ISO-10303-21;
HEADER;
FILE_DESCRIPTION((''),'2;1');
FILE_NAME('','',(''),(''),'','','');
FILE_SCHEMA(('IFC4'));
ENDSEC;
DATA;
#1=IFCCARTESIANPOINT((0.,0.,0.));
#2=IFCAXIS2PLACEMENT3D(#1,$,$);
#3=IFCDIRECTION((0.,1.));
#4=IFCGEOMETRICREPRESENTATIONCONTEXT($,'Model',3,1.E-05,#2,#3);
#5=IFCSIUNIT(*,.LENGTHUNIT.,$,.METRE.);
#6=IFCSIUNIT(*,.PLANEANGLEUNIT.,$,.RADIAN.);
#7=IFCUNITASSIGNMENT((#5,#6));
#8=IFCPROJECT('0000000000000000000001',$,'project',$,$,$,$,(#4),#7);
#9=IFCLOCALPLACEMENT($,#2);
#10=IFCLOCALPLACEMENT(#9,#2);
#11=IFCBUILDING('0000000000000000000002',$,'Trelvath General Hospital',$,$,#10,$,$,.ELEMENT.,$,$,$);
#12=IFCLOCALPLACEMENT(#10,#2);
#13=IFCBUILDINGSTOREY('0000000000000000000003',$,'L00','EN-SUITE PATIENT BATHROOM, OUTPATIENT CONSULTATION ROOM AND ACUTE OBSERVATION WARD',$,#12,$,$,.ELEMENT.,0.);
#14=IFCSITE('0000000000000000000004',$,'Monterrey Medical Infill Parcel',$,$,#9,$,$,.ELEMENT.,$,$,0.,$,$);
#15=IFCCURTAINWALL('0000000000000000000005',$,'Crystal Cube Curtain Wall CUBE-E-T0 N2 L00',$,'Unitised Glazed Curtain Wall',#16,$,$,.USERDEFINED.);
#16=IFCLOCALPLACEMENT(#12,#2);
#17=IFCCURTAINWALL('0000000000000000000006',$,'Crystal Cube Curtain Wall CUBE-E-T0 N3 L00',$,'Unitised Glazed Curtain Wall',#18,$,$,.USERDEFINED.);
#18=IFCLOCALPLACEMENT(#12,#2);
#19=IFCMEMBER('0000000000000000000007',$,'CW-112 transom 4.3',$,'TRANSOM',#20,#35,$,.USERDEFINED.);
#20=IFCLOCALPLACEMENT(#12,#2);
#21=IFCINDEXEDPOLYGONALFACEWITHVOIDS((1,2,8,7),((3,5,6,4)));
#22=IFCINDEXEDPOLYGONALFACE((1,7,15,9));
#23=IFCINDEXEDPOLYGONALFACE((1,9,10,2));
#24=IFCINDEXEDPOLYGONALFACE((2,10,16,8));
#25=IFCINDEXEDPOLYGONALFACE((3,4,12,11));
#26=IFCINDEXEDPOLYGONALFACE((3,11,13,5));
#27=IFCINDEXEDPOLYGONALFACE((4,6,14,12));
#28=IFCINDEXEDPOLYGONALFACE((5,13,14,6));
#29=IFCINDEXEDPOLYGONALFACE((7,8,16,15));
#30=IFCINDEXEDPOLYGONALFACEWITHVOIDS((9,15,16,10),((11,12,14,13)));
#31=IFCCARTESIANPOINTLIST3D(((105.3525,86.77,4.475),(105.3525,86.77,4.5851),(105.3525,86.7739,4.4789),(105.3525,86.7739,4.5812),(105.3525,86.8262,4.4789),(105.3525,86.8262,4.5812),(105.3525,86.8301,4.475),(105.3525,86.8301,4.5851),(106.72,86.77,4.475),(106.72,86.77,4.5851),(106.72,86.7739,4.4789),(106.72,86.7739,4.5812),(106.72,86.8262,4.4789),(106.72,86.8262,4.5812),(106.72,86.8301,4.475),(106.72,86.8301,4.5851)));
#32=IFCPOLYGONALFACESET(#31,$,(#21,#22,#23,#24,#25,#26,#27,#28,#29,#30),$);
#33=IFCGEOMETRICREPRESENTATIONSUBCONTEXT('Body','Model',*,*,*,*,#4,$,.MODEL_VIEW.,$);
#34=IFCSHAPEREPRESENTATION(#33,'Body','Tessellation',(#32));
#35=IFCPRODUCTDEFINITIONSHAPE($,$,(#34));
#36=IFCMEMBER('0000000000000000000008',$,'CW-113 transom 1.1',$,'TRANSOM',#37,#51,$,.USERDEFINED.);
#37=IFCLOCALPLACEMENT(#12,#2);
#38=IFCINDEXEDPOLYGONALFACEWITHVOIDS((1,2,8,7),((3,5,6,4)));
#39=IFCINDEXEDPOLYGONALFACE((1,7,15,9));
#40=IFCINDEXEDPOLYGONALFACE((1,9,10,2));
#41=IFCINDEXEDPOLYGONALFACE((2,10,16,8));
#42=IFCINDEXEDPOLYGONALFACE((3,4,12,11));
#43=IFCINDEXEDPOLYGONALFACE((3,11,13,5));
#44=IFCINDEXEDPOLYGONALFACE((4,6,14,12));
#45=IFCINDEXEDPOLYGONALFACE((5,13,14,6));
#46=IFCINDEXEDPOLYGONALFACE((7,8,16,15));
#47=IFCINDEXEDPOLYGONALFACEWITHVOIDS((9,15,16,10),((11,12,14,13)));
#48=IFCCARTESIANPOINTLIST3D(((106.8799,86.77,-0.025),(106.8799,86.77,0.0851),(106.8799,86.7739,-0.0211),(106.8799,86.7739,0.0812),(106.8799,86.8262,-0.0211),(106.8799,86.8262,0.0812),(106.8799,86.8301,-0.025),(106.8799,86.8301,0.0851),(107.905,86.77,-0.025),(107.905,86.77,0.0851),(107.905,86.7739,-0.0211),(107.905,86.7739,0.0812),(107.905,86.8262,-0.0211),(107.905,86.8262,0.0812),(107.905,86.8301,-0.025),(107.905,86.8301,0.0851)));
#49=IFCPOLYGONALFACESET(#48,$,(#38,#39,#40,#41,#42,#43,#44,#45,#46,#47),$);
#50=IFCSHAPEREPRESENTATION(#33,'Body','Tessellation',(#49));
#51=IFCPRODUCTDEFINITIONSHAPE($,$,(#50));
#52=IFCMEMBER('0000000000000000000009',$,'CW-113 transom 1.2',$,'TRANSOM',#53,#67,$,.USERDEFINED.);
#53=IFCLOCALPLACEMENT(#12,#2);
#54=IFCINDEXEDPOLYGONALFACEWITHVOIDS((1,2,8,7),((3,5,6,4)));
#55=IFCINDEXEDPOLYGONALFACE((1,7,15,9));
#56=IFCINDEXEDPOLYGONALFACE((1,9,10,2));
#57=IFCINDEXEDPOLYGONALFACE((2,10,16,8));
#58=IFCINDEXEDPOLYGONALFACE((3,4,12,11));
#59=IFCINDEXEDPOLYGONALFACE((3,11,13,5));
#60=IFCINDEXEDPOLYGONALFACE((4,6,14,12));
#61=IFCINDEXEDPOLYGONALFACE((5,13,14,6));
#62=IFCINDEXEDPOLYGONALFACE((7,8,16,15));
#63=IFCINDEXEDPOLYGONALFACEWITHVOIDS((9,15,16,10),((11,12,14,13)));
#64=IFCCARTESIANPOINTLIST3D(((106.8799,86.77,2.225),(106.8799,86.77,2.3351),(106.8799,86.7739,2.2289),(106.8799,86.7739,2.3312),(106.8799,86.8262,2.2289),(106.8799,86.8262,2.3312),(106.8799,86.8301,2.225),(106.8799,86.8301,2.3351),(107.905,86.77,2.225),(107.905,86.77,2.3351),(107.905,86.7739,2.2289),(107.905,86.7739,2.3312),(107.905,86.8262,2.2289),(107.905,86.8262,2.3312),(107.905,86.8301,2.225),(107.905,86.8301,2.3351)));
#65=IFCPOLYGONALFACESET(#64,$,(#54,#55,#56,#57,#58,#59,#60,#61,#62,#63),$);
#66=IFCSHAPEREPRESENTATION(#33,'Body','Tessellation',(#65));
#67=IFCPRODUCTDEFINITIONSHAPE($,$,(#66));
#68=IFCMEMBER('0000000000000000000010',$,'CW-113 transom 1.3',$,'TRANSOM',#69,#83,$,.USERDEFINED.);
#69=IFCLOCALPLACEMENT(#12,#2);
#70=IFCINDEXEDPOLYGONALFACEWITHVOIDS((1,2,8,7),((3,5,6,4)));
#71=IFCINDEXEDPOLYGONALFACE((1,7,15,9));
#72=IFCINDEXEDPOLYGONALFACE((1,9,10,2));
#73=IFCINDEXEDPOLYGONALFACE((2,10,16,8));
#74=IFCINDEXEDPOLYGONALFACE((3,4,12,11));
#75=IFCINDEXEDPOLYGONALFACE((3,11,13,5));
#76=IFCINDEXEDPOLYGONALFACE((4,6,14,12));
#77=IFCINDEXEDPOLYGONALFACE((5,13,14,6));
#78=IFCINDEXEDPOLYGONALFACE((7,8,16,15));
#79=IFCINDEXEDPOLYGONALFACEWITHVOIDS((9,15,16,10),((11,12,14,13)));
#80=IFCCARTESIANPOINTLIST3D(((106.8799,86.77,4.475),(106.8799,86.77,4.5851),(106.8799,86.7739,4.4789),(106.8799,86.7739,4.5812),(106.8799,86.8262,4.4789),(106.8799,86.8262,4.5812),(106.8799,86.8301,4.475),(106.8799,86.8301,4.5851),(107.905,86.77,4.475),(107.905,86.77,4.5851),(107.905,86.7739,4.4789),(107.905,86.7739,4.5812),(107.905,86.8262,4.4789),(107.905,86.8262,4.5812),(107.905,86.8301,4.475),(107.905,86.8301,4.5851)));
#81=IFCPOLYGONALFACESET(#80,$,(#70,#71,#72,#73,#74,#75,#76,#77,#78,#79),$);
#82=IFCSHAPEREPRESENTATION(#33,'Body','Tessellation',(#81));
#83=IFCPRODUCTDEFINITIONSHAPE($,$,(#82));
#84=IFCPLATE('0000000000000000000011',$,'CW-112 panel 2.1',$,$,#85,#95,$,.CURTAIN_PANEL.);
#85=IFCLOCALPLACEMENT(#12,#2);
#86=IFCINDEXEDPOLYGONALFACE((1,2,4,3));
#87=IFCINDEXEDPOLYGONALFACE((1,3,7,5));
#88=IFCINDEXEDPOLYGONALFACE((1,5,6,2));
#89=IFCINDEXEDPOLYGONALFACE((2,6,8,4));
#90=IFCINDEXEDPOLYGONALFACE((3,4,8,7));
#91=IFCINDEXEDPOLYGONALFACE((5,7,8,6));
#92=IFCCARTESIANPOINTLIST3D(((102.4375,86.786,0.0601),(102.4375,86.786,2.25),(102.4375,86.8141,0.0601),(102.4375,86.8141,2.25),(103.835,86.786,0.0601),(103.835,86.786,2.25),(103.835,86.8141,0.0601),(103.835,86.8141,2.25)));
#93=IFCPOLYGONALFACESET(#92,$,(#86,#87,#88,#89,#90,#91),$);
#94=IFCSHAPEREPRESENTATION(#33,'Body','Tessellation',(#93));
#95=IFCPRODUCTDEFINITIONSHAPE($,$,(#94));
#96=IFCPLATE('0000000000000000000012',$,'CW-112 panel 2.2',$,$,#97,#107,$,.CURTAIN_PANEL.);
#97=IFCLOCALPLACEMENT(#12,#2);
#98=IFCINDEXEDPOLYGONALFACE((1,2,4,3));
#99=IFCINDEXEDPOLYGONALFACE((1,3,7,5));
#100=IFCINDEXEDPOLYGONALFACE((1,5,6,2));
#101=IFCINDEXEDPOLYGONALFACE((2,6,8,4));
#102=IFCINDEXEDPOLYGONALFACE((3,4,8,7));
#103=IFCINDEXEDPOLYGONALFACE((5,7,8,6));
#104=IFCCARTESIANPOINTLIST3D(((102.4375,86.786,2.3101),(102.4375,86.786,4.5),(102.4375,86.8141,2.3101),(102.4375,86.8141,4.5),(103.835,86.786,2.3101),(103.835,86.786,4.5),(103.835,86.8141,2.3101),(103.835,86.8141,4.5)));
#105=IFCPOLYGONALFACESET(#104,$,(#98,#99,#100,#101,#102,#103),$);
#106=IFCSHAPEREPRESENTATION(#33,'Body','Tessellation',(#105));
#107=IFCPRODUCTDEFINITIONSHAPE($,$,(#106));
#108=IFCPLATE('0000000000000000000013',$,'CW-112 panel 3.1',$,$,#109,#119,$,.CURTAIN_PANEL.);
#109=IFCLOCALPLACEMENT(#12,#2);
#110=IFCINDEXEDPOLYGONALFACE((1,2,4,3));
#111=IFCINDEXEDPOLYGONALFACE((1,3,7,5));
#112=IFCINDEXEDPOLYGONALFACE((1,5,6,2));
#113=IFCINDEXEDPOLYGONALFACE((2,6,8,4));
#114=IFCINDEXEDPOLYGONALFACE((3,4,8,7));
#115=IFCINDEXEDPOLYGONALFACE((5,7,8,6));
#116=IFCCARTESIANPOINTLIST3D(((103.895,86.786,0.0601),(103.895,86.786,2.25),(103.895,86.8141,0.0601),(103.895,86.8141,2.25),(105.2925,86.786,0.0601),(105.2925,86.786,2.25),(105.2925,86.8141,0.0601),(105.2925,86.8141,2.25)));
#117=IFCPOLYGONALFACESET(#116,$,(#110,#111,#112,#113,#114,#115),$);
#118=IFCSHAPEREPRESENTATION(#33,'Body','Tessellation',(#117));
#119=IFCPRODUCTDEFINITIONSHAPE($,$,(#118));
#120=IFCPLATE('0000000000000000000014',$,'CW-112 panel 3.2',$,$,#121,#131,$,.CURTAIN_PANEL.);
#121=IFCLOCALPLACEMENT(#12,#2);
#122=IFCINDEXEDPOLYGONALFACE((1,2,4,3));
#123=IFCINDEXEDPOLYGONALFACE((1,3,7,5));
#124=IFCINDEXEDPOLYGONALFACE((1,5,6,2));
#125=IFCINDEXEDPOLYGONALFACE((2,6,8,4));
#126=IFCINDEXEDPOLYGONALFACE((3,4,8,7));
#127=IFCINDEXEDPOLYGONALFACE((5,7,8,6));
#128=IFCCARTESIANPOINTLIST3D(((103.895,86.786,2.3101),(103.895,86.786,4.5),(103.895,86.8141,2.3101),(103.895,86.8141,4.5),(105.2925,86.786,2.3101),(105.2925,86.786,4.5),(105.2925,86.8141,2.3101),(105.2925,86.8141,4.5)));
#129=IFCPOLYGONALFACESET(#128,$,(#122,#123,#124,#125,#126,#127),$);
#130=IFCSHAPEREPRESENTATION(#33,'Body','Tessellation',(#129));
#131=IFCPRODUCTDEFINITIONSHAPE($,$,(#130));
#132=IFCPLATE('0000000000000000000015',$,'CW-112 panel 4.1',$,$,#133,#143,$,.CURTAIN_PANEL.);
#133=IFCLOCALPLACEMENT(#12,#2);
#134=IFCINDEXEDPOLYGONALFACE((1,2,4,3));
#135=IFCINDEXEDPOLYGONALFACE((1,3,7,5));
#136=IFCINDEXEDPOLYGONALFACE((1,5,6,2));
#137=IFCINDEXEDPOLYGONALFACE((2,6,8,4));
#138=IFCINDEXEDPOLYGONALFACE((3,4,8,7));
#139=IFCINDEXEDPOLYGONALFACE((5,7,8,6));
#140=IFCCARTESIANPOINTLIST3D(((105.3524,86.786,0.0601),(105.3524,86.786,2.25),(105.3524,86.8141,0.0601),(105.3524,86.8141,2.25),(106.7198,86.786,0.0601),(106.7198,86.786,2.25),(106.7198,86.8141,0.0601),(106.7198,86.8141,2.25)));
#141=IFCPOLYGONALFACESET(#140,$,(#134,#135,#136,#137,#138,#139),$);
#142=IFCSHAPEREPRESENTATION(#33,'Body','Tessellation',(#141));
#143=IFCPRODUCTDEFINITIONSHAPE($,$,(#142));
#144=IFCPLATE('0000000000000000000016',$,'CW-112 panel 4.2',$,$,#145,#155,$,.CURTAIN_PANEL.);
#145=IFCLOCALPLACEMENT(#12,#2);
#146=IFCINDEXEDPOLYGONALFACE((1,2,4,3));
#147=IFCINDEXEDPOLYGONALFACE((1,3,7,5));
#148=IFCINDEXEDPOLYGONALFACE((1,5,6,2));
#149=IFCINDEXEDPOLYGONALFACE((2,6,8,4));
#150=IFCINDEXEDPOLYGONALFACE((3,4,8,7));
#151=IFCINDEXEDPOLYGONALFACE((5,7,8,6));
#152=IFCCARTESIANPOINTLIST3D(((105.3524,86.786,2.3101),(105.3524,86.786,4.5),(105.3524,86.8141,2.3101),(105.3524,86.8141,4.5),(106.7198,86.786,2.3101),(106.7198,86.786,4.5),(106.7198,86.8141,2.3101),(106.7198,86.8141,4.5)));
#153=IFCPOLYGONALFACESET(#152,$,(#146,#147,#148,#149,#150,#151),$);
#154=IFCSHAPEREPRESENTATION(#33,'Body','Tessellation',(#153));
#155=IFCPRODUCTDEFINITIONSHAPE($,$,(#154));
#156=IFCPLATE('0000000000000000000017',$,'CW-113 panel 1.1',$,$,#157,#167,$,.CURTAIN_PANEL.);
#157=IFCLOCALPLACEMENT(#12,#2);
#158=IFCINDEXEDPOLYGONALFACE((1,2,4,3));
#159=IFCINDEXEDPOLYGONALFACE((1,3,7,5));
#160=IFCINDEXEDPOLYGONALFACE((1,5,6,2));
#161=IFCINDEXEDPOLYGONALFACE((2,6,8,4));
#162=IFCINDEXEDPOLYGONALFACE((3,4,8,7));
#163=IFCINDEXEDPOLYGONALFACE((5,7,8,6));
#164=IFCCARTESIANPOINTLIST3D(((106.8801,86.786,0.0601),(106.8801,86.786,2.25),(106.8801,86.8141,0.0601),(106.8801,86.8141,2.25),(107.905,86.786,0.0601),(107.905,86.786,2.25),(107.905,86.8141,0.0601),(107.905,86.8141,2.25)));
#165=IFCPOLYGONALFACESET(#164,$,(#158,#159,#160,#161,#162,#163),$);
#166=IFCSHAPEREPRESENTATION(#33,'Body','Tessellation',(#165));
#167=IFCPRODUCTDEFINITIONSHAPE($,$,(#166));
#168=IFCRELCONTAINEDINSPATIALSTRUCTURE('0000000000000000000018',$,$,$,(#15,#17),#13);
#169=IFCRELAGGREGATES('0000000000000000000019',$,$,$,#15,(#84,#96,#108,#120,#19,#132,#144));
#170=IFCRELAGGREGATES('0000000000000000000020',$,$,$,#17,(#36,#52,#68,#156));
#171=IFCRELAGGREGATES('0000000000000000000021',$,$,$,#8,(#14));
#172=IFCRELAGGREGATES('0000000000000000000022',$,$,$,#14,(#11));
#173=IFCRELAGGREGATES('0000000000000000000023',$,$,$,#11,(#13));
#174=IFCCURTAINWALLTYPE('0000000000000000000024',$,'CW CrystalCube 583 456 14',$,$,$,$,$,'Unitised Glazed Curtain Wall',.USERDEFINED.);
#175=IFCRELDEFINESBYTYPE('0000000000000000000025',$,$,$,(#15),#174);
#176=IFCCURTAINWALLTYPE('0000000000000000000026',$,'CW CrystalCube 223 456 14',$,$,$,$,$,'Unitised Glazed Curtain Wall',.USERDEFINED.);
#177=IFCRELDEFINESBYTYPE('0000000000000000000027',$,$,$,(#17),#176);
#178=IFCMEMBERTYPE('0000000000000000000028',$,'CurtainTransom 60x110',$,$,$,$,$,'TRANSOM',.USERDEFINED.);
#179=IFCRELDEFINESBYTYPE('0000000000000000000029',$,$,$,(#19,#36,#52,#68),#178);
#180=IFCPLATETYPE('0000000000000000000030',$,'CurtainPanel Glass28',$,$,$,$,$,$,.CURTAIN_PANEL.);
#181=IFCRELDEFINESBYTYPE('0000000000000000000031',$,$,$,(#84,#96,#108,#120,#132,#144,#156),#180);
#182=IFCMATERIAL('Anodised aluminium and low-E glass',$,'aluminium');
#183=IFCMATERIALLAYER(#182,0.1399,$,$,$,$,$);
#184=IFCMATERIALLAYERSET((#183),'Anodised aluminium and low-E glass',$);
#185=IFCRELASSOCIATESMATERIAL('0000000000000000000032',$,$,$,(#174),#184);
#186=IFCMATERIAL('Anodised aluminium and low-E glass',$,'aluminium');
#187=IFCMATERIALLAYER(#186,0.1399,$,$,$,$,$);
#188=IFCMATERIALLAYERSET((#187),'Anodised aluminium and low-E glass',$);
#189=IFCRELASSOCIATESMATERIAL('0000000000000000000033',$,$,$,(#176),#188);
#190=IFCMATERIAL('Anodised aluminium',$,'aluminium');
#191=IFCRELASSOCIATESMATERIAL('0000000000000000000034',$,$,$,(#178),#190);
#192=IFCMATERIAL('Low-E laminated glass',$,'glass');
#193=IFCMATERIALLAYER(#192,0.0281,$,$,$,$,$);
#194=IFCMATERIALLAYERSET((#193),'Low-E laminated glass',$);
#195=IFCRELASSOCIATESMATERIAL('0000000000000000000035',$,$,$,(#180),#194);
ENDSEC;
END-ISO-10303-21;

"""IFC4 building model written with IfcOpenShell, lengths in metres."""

from ifc_helpers import new_model, si_unit, direction, frame, origin, origin_2d, place, context, subcontext, project, spatial, rectangle, hollow_rectangle, extrude, material, layer, layer_set, material_profile, profile_set, type_object, element, aggregate, save


model = new_model("IFC4")

# Units and contexts
model_context = context("Model", 3, precision=1e-05, world=origin(), true_north=direction((0.0, 1.0)))
body_context = subcontext(model_context, "Body", "Model", "MODEL_VIEW")
ifc_project = project(units=[si_unit("LENGTHUNIT", "METRE"), si_unit("PLANEANGLEUNIT", "RADIAN")], contexts=[model_context])

# Site, building, storey
site_placement = place(None, origin())
site = spatial("IfcSite", under=ifc_project, at=site_placement, Name="Monterrey Medical Infill Parcel", CompositionType="ELEMENT", RefElevation=0.0)
building_placement = place(site_placement, origin())
building = spatial("IfcBuilding", under=site, at=building_placement, Name="Trelvath General Hospital", CompositionType="ELEMENT")
storey_placement = place(building_placement, origin())
storey = spatial("IfcBuildingStorey", under=building, at=storey_placement, Name="L00", Description="EN-SUITE PATIENT BATHROOM, OUTPATIENT CONSULTATION ROOM AND ACUTE OBSERVATION WARD", CompositionType="ELEMENT", Elevation=0.0)

# Curtain wall
ifc_material_1 = material(Name="Anodised aluminium and low-E glass", Category="aluminium")
ifc_layer_1 = layer(ifc_material_1, 0.1399)
ifc_layer_set_1 = layer_set([ifc_layer_1], Name="Anodised aluminium and low-E glass")
curtain_wall_type_1 = type_object("IfcCurtainWallType", Name="CW CrystalCube 583 456 14", ElementType="Unitised Glazed Curtain Wall", PredefinedType="USERDEFINED", material=ifc_layer_set_1)
curtain_wall_1_placement = place(storey_placement, origin())
curtain_wall_1 = element("IfcCurtainWall", 1, at=curtain_wall_1_placement, inside=storey, type_object=curtain_wall_type_1, Name="Crystal Cube Curtain Wall CUBE-E-T0 N2 L00", ObjectType="Unitised Glazed Curtain Wall", PredefinedType="USERDEFINED")

# Curtain wall
ifc_material_2 = material(Name="Anodised aluminium and low-E glass", Category="aluminium")
ifc_layer_2 = layer(ifc_material_2, 0.1399)
ifc_layer_set_2 = layer_set([ifc_layer_2], Name="Anodised aluminium and low-E glass")
curtain_wall_type_2 = type_object("IfcCurtainWallType", Name="CW CrystalCube 223 456 14", ElementType="Unitised Glazed Curtain Wall", PredefinedType="USERDEFINED", material=ifc_layer_set_2)
curtain_wall_2_placement = place(storey_placement, origin())
curtain_wall_2 = element("IfcCurtainWall", 2, at=curtain_wall_2_placement, inside=storey, type_object=curtain_wall_type_2, Name="Crystal Cube Curtain Wall CUBE-E-T0 N3 L00", ObjectType="Unitised Glazed Curtain Wall", PredefinedType="USERDEFINED")

# Members
ifc_material_3 = material(Name="Anodised aluminium", Category="aluminium")
ifc_material_profile_1 = material_profile(ifc_material_3, hollow_rectangle(XDim=0.0601, YDim=0.1101, WallThickness=0.0039, at=origin_2d()), Name="RHS60x110x4")
ifc_profile_set_1 = profile_set([ifc_material_profile_1], Name="Anodised aluminium")
member_type_1 = type_object("IfcMemberType", Name="CurtainTransom 60x110", ElementType="TRANSOM", PredefinedType="USERDEFINED", material=ifc_profile_set_1)
member_1_placement = place(storey_placement, frame((105.3525, 86.8, 4.53), z_axis=(1.0, 0.0, 0.0), x_axis=(0.0, 1.0, 0.0)))
member_1 = element("IfcMember", 3, at=member_1_placement, type_object=member_type_1, Name="CW-112 transom 4.3", ObjectType="TRANSOM", PredefinedType="USERDEFINED", context=body_context, shape_type="SweptSolid", body=[
    extrude(hollow_rectangle(XDim=0.0601, YDim=0.1101, WallThickness=0.0039, at=origin_2d()), origin(), (0.0, 0.0, 1.0), 1.3674),
])
member_2_placement = place(storey_placement, frame((106.8799, 86.8, 0.03), z_axis=(1.0, 0.0, 0.0), x_axis=(0.0, 1.0, 0.0)))
member_2 = element("IfcMember", 4, at=member_2_placement, type_object=member_type_1, Name="CW-113 transom 1.1", ObjectType="TRANSOM", PredefinedType="USERDEFINED", context=body_context, shape_type="SweptSolid", body=[
    extrude(hollow_rectangle(XDim=0.0601, YDim=0.1101, WallThickness=0.0039, at=origin_2d()), origin(), (0.0, 0.0, 1.0), 1.0251),
])
member_3_placement = place(storey_placement, frame((106.8799, 86.8, 2.28), z_axis=(1.0, 0.0, 0.0), x_axis=(0.0, 1.0, 0.0)))
member_3 = element("IfcMember", 5, at=member_3_placement, type_object=member_type_1, Name="CW-113 transom 1.2", ObjectType="TRANSOM", PredefinedType="USERDEFINED", context=body_context, shape_type="SweptSolid", body=[
    extrude(hollow_rectangle(XDim=0.0601, YDim=0.1101, WallThickness=0.0039, at=origin_2d()), origin(), (0.0, 0.0, 1.0), 1.0251),
])
member_4_placement = place(storey_placement, frame((106.8799, 86.8, 4.53), z_axis=(1.0, 0.0, 0.0), x_axis=(0.0, 1.0, 0.0)))
member_4 = element("IfcMember", 6, at=member_4_placement, type_object=member_type_1, Name="CW-113 transom 1.3", ObjectType="TRANSOM", PredefinedType="USERDEFINED", context=body_context, shape_type="SweptSolid", body=[
    extrude(hollow_rectangle(XDim=0.0601, YDim=0.1101, WallThickness=0.0039, at=origin_2d()), origin(), (0.0, 0.0, 1.0), 1.0251),
])

# Plates
ifc_material_4 = material(Name="Low-E laminated glass", Category="glass")
ifc_layer_3 = layer(ifc_material_4, 0.0281)
ifc_layer_set_3 = layer_set([ifc_layer_3], Name="Low-E laminated glass")
plate_type = type_object("IfcPlateType", Name="CurtainPanel Glass28", PredefinedType="CURTAIN_PANEL", material=ifc_layer_set_3)
plate_1_placement = place(storey_placement, frame((103.1362, 86.8, 0.0601), z_axis=(0.0, 0.0, 1.0), x_axis=(1.0, 0.0, 0.0)))
plate_1 = element("IfcPlate", 7, at=plate_1_placement, type_object=plate_type, Name="CW-112 panel 2.1", PredefinedType="CURTAIN_PANEL", context=body_context, shape_type="SweptSolid", body=[
    extrude(rectangle(XDim=1.3975, YDim=0.0281, at=origin_2d()), origin(), (0.0, 0.0, 1.0), 2.1899),
])
plate_2_placement = place(storey_placement, frame((103.1362, 86.8, 2.3101), z_axis=(0.0, 0.0, 1.0), x_axis=(1.0, 0.0, 0.0)))
plate_2 = element("IfcPlate", 8, at=plate_2_placement, type_object=plate_type, Name="CW-112 panel 2.2", PredefinedType="CURTAIN_PANEL", context=body_context, shape_type="SweptSolid", body=[
    extrude(rectangle(XDim=1.3975, YDim=0.0281, at=origin_2d()), origin(), (0.0, 0.0, 1.0), 2.1899),
])
plate_3_placement = place(storey_placement, frame((104.5938, 86.8, 0.0601), z_axis=(0.0, 0.0, 1.0), x_axis=(1.0, 0.0, 0.0)))
plate_3 = element("IfcPlate", 9, at=plate_3_placement, type_object=plate_type, Name="CW-112 panel 3.1", PredefinedType="CURTAIN_PANEL", context=body_context, shape_type="SweptSolid", body=[
    extrude(rectangle(XDim=1.3975, YDim=0.0281, at=origin_2d()), origin(), (0.0, 0.0, 1.0), 2.1899),
])
plate_4_placement = place(storey_placement, frame((104.5938, 86.8, 2.3101), z_axis=(0.0, 0.0, 1.0), x_axis=(1.0, 0.0, 0.0)))
plate_4 = element("IfcPlate", 10, at=plate_4_placement, type_object=plate_type, Name="CW-112 panel 3.2", PredefinedType="CURTAIN_PANEL", context=body_context, shape_type="SweptSolid", body=[
    extrude(rectangle(XDim=1.3975, YDim=0.0281, at=origin_2d()), origin(), (0.0, 0.0, 1.0), 2.1899),
])
plate_5_placement = place(storey_placement, frame((106.0361, 86.8, 0.0601), z_axis=(0.0, 0.0, 1.0), x_axis=(1.0, 0.0, 0.0)))
plate_5 = element("IfcPlate", 11, at=plate_5_placement, type_object=plate_type, Name="CW-112 panel 4.1", PredefinedType="CURTAIN_PANEL", context=body_context, shape_type="SweptSolid", body=[
    extrude(rectangle(XDim=1.3674, YDim=0.0281, at=origin_2d()), origin(), (0.0, 0.0, 1.0), 2.1899),
])
plate_6_placement = place(storey_placement, frame((106.0361, 86.8, 2.3101), z_axis=(0.0, 0.0, 1.0), x_axis=(1.0, 0.0, 0.0)))
plate_6 = element("IfcPlate", 12, at=plate_6_placement, type_object=plate_type, Name="CW-112 panel 4.2", PredefinedType="CURTAIN_PANEL", context=body_context, shape_type="SweptSolid", body=[
    extrude(rectangle(XDim=1.3674, YDim=0.0281, at=origin_2d()), origin(), (0.0, 0.0, 1.0), 2.1899),
])
aggregate(curtain_wall_1, [plate_1, plate_2, plate_3, plate_4, member_1, plate_5, plate_6])
plate_7_placement = place(storey_placement, frame((107.3926, 86.8, 0.0601), z_axis=(0.0, 0.0, 1.0), x_axis=(1.0, 0.0, 0.0)))
plate_7 = element("IfcPlate", 13, at=plate_7_placement, type_object=plate_type, Name="CW-113 panel 1.1", PredefinedType="CURTAIN_PANEL", context=body_context, shape_type="SweptSolid", body=[
    extrude(rectangle(XDim=1.0249, YDim=0.0281, at=origin_2d()), origin(), (0.0, 0.0, 1.0), 2.1899),
])
aggregate(curtain_wall_2, [member_2, member_3, member_4, plate_7])

save(model, "model.ifc")
